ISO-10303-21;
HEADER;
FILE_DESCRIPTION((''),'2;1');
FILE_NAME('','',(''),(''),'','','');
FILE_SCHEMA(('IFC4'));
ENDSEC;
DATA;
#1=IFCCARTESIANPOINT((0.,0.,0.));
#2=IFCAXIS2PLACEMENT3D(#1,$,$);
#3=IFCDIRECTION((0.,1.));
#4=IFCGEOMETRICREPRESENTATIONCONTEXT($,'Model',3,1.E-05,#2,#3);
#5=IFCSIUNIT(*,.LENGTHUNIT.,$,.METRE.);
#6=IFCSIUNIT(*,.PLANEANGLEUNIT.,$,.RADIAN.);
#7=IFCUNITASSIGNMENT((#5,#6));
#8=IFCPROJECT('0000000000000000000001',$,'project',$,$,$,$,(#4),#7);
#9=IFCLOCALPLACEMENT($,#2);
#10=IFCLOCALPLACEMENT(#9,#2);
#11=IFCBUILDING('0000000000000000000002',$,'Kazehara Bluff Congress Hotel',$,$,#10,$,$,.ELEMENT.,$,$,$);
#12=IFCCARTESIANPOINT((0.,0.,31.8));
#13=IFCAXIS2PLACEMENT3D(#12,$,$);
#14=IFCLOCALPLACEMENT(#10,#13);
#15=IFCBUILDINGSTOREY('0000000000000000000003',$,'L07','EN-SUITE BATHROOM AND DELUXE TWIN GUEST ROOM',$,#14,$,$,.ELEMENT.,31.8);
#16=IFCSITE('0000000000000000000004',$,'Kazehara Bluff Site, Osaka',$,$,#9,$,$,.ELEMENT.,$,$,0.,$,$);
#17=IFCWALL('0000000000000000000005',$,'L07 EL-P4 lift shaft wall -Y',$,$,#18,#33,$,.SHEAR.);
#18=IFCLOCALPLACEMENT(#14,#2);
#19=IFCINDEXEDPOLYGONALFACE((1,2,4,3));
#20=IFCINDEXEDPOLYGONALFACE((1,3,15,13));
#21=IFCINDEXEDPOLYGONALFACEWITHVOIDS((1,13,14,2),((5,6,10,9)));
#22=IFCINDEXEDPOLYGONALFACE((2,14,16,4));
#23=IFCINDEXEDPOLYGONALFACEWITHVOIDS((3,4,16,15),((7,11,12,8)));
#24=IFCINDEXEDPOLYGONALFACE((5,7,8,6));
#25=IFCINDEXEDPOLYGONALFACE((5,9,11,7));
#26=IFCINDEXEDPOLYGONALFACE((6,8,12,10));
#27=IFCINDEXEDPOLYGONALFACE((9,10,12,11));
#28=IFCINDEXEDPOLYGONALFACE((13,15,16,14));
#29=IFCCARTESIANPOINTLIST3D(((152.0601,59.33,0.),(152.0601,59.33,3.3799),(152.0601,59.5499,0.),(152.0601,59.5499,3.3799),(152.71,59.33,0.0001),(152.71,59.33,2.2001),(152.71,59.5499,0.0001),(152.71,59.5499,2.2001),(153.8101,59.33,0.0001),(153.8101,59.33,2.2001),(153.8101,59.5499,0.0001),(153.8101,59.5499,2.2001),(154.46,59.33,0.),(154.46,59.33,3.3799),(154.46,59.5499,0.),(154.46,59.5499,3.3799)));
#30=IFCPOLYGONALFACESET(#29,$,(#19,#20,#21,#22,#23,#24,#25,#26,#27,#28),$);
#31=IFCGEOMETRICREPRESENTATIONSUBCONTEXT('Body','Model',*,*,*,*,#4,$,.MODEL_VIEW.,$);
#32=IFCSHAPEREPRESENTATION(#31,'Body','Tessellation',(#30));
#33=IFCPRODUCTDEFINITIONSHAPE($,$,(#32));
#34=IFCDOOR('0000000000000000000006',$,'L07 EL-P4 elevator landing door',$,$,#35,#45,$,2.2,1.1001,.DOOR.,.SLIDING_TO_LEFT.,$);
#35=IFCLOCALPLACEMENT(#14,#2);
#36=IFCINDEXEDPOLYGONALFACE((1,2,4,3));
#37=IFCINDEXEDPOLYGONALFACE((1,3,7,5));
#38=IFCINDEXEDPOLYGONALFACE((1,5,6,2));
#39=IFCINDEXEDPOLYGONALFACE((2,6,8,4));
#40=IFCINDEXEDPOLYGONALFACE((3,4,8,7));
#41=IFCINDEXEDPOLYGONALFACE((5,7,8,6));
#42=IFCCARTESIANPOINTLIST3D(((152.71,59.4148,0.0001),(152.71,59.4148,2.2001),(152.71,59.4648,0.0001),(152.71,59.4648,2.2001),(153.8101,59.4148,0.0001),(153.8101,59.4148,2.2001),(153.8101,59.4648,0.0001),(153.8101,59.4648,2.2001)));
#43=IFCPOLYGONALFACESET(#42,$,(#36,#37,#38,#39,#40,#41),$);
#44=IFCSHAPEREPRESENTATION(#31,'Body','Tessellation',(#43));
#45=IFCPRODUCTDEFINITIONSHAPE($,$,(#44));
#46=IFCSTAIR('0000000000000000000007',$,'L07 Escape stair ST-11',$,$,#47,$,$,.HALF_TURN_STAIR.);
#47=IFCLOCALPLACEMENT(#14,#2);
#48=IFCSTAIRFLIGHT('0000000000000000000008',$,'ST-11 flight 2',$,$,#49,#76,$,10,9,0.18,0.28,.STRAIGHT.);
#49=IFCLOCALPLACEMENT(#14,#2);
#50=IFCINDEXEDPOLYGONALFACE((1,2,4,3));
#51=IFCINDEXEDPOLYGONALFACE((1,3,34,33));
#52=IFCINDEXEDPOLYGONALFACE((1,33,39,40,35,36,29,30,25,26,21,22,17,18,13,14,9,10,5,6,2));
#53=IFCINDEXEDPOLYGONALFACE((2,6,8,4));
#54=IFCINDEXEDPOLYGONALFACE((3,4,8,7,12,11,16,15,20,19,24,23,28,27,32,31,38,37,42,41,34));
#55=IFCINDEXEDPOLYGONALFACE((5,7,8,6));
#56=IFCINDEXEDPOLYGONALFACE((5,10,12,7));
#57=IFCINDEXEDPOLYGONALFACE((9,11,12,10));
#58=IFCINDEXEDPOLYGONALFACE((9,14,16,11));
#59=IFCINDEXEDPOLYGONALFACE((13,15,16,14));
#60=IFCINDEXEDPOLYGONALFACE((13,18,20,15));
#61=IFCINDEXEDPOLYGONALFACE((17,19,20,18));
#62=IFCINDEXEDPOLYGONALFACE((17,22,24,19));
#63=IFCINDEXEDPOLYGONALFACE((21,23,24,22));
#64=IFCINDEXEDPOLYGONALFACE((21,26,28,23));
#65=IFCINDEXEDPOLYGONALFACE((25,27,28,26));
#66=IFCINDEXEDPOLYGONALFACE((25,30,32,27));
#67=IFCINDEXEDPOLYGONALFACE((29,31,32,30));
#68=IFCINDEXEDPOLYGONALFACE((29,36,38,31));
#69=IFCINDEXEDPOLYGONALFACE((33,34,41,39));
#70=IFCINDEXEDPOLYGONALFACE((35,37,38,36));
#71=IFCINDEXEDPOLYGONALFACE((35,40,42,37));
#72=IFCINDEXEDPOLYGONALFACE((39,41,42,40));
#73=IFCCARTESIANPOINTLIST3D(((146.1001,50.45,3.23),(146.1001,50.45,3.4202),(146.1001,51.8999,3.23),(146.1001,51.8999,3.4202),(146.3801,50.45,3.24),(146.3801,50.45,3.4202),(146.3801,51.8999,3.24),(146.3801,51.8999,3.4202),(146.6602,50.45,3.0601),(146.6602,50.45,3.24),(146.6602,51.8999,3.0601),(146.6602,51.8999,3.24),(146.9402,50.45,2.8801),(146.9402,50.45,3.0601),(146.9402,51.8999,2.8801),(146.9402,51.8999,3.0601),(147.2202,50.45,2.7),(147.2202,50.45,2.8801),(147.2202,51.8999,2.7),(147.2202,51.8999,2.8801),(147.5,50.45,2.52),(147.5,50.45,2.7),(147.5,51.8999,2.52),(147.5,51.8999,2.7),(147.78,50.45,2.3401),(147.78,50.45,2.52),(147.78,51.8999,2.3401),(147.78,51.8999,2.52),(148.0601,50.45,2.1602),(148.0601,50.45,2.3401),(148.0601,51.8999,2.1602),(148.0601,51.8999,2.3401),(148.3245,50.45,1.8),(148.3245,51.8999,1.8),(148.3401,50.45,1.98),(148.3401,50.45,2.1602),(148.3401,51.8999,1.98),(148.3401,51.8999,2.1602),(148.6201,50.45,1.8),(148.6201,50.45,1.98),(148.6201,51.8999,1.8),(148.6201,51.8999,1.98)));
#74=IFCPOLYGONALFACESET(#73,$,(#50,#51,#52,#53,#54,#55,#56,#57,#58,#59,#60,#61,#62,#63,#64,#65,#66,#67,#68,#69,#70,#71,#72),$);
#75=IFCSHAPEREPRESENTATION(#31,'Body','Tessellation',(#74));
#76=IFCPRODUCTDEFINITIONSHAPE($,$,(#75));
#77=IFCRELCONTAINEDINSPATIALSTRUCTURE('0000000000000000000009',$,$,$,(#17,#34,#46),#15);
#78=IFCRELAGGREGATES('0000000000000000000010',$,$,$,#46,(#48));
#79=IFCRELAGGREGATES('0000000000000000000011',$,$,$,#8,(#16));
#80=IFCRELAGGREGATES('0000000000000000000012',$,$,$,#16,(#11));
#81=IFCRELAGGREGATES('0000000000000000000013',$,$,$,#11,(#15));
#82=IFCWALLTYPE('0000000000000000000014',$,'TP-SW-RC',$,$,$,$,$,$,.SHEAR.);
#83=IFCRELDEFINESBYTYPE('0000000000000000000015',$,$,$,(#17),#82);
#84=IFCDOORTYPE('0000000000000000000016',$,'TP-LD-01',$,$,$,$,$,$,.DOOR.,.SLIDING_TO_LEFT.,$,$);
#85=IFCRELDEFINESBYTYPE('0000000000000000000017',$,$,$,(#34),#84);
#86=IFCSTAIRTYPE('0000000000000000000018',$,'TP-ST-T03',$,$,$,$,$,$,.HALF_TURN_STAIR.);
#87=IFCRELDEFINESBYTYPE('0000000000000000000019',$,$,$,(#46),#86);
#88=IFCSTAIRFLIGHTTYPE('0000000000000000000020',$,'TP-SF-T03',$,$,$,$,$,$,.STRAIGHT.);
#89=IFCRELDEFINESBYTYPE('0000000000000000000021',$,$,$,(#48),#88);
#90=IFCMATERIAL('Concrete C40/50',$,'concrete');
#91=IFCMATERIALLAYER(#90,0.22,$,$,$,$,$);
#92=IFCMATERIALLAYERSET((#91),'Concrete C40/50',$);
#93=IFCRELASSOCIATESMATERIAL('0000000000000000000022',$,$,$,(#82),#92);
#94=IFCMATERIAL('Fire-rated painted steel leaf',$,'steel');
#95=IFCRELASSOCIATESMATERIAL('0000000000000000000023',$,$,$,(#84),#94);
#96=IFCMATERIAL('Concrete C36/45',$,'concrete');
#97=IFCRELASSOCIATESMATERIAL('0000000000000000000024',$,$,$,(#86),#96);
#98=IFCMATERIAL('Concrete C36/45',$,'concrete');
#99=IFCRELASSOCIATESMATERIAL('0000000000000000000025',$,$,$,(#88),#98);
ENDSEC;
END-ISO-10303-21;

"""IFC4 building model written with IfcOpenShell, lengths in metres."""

from ifc_helpers import new_model, si_unit, direction, frame, frame_2d, origin, place, context, subcontext, project, spatial, polyline, rectangle, outline, extrude, material, layer, layer_set, type_object, element, fill, aggregate, save


model = new_model("IFC4")

# Units and contexts
model_context = context("Model", 3, precision=1e-05, world=origin(), true_north=direction((0.0, 1.0)))
body_context = subcontext(model_context, "Body", "Model", "MODEL_VIEW")
ifc_project = project(units=[si_unit("LENGTHUNIT", "METRE"), si_unit("PLANEANGLEUNIT", "RADIAN")], contexts=[model_context])

# Site, building, storey
site_placement = place(None, origin())
site = spatial("IfcSite", under=ifc_project, at=site_placement, Name="Kazehara Bluff Site, Osaka", CompositionType="ELEMENT", RefElevation=0.0)
building_placement = place(site_placement, origin())
building = spatial("IfcBuilding", under=site, at=building_placement, Name="Kazehara Bluff Congress Hotel", CompositionType="ELEMENT")
storey_placement = place(building_placement, frame((0.0, 0.0, 31.8)))
storey = spatial("IfcBuildingStorey", under=building, at=storey_placement, Name="L07", Description="EN-SUITE BATHROOM AND DELUXE TWIN GUEST ROOM", CompositionType="ELEMENT", Elevation=31.8)

# Shared definitions
ifc_material_1 = material(Name="Concrete C40/50", Category="concrete")
ifc_layer_1 = layer(ifc_material_1, 0.22)
ifc_layer_set_1 = layer_set([ifc_layer_1], Name="Concrete C40/50")
wall_type_1 = type_object("IfcWallType", Name="TP-SW-RC", PredefinedType="SHEAR", material=ifc_layer_set_1)

# Shared definitions
ifc_material_2 = material(Name="Fire-rated painted steel leaf", Category="steel")
door_type = type_object("IfcDoorType", Name="TP-LD-01", OperationType="SLIDING_TO_LEFT", PredefinedType="DOOR", material=ifc_material_2)

# Wall, opening, door
wall_1_placement = place(storey_placement, frame((152.0601, 59.4399, 0.0), z_axis=(0.0, 0.0, 1.0), x_axis=(1.0, 0.0, 0.0)))
wall_1 = element("IfcWall", 1, at=wall_1_placement, inside=storey, type_object=wall_type_1, Name="L07 EL-P4 lift shaft wall -Y", PredefinedType="SHEAR", context=body_context, shape_type="SweptSolid", body=[
    extrude(rectangle(XDim=2.3999, YDim=0.22, at=frame_2d((1.2, 0.0))), origin(), (0.0, 0.0, 1.0), 3.3799),
])
opening_1_placement = place(wall_1_placement, frame((0.6499, 0.0, 0.0)))
opening_1 = element("IfcOpeningElement", 2, at=opening_1_placement, cuts=wall_1, PredefinedType="OPENING", context=body_context, shape_type="SweptSolid", body=[
    extrude(rectangle(XDim=1.1001, YDim=2.2, at=frame_2d((0.55, 1.1001))), frame((0.0, 0.1199, 0.0), z_axis=(0.0, -1.0, 0.0), x_axis=(1.0, 0.0, 0.0)), (0.0, 0.0, 1.0), 0.24),
])
door_1_placement = place(opening_1_placement, origin())
door_1 = element("IfcDoor", 3, at=door_1_placement, inside=storey, type_object=door_type, Name="L07 EL-P4 elevator landing door", OperationType="SLIDING_TO_LEFT", OverallHeight=2.2, OverallWidth=1.1001, PredefinedType="DOOR", context=body_context, shape_type="SweptSolid", body=[
    extrude(rectangle(XDim=1.1001, YDim=2.2, at=frame_2d((0.55, 1.1001))), frame((0.0, 0.0249, 0.0), z_axis=(0.0, -1.0, 0.0), x_axis=(1.0, 0.0, 0.0)), (0.0, 0.0, 1.0), 0.05),
])
fill(opening_1, door_1)

# Stair, stair flight
ifc_material_3 = material(Name="Concrete C36/45", Category="concrete")
stair_type = type_object("IfcStairType", Name="TP-ST-T03", PredefinedType="HALF_TURN_STAIR", material=ifc_material_3)
stair_placement = place(storey_placement, origin())
stair = element("IfcStair", 4, at=stair_placement, inside=storey, type_object=stair_type, Name="L07 Escape stair ST-11", PredefinedType="HALF_TURN_STAIR")
ifc_material_4 = material(Name="Concrete C36/45", Category="concrete")
stair_flight_type = type_object("IfcStairFlightType", Name="TP-SF-T03", PredefinedType="STRAIGHT", material=ifc_material_4)
stair_flight_placement = place(storey_placement, frame((148.6201, 51.175, 1.8), z_axis=(0.0, 0.0, 1.0), x_axis=(-1.0, 0.0, 0.0)))
stair_flight = element("IfcStairFlight", 5, at=stair_flight_placement, type_object=stair_flight_type, Name="ST-11 flight 2", NumberOfRisers=10, NumberOfTreads=9, PredefinedType="STRAIGHT", RiserHeight=0.18, TreadLength=0.28, context=body_context, shape_type="SweptSolid", body=[
    extrude(outline(polyline([(0.0, 0.0), (0.0, 0.1799), (0.28, 0.1799), (0.28, 0.3601), (0.5601, 0.3601), (0.5601, 0.54), (0.8401, 0.54), (0.8401, 0.72), (1.1201, 0.72), (1.1201, 0.8999), (1.3999, 0.8999), (1.3999, 1.0801), (1.6799, 1.0801), (1.6799, 1.26), (1.96, 1.26), (1.96, 1.4399), (2.24, 1.4399), (2.24, 1.6201), (2.52, 1.6201), (2.52, 1.8), (2.52, 1.4299), (0.2957, 0.0), (0.0, 0.0)])), frame((0.0, 0.7251, 0.0), z_axis=(0.0, -1.0, 0.0), x_axis=(1.0, 0.0, 0.0)), (0.0, 0.0, 1.0), 1.45),
])
aggregate(stair, [stair_flight])

save(model, "model.ifc")
